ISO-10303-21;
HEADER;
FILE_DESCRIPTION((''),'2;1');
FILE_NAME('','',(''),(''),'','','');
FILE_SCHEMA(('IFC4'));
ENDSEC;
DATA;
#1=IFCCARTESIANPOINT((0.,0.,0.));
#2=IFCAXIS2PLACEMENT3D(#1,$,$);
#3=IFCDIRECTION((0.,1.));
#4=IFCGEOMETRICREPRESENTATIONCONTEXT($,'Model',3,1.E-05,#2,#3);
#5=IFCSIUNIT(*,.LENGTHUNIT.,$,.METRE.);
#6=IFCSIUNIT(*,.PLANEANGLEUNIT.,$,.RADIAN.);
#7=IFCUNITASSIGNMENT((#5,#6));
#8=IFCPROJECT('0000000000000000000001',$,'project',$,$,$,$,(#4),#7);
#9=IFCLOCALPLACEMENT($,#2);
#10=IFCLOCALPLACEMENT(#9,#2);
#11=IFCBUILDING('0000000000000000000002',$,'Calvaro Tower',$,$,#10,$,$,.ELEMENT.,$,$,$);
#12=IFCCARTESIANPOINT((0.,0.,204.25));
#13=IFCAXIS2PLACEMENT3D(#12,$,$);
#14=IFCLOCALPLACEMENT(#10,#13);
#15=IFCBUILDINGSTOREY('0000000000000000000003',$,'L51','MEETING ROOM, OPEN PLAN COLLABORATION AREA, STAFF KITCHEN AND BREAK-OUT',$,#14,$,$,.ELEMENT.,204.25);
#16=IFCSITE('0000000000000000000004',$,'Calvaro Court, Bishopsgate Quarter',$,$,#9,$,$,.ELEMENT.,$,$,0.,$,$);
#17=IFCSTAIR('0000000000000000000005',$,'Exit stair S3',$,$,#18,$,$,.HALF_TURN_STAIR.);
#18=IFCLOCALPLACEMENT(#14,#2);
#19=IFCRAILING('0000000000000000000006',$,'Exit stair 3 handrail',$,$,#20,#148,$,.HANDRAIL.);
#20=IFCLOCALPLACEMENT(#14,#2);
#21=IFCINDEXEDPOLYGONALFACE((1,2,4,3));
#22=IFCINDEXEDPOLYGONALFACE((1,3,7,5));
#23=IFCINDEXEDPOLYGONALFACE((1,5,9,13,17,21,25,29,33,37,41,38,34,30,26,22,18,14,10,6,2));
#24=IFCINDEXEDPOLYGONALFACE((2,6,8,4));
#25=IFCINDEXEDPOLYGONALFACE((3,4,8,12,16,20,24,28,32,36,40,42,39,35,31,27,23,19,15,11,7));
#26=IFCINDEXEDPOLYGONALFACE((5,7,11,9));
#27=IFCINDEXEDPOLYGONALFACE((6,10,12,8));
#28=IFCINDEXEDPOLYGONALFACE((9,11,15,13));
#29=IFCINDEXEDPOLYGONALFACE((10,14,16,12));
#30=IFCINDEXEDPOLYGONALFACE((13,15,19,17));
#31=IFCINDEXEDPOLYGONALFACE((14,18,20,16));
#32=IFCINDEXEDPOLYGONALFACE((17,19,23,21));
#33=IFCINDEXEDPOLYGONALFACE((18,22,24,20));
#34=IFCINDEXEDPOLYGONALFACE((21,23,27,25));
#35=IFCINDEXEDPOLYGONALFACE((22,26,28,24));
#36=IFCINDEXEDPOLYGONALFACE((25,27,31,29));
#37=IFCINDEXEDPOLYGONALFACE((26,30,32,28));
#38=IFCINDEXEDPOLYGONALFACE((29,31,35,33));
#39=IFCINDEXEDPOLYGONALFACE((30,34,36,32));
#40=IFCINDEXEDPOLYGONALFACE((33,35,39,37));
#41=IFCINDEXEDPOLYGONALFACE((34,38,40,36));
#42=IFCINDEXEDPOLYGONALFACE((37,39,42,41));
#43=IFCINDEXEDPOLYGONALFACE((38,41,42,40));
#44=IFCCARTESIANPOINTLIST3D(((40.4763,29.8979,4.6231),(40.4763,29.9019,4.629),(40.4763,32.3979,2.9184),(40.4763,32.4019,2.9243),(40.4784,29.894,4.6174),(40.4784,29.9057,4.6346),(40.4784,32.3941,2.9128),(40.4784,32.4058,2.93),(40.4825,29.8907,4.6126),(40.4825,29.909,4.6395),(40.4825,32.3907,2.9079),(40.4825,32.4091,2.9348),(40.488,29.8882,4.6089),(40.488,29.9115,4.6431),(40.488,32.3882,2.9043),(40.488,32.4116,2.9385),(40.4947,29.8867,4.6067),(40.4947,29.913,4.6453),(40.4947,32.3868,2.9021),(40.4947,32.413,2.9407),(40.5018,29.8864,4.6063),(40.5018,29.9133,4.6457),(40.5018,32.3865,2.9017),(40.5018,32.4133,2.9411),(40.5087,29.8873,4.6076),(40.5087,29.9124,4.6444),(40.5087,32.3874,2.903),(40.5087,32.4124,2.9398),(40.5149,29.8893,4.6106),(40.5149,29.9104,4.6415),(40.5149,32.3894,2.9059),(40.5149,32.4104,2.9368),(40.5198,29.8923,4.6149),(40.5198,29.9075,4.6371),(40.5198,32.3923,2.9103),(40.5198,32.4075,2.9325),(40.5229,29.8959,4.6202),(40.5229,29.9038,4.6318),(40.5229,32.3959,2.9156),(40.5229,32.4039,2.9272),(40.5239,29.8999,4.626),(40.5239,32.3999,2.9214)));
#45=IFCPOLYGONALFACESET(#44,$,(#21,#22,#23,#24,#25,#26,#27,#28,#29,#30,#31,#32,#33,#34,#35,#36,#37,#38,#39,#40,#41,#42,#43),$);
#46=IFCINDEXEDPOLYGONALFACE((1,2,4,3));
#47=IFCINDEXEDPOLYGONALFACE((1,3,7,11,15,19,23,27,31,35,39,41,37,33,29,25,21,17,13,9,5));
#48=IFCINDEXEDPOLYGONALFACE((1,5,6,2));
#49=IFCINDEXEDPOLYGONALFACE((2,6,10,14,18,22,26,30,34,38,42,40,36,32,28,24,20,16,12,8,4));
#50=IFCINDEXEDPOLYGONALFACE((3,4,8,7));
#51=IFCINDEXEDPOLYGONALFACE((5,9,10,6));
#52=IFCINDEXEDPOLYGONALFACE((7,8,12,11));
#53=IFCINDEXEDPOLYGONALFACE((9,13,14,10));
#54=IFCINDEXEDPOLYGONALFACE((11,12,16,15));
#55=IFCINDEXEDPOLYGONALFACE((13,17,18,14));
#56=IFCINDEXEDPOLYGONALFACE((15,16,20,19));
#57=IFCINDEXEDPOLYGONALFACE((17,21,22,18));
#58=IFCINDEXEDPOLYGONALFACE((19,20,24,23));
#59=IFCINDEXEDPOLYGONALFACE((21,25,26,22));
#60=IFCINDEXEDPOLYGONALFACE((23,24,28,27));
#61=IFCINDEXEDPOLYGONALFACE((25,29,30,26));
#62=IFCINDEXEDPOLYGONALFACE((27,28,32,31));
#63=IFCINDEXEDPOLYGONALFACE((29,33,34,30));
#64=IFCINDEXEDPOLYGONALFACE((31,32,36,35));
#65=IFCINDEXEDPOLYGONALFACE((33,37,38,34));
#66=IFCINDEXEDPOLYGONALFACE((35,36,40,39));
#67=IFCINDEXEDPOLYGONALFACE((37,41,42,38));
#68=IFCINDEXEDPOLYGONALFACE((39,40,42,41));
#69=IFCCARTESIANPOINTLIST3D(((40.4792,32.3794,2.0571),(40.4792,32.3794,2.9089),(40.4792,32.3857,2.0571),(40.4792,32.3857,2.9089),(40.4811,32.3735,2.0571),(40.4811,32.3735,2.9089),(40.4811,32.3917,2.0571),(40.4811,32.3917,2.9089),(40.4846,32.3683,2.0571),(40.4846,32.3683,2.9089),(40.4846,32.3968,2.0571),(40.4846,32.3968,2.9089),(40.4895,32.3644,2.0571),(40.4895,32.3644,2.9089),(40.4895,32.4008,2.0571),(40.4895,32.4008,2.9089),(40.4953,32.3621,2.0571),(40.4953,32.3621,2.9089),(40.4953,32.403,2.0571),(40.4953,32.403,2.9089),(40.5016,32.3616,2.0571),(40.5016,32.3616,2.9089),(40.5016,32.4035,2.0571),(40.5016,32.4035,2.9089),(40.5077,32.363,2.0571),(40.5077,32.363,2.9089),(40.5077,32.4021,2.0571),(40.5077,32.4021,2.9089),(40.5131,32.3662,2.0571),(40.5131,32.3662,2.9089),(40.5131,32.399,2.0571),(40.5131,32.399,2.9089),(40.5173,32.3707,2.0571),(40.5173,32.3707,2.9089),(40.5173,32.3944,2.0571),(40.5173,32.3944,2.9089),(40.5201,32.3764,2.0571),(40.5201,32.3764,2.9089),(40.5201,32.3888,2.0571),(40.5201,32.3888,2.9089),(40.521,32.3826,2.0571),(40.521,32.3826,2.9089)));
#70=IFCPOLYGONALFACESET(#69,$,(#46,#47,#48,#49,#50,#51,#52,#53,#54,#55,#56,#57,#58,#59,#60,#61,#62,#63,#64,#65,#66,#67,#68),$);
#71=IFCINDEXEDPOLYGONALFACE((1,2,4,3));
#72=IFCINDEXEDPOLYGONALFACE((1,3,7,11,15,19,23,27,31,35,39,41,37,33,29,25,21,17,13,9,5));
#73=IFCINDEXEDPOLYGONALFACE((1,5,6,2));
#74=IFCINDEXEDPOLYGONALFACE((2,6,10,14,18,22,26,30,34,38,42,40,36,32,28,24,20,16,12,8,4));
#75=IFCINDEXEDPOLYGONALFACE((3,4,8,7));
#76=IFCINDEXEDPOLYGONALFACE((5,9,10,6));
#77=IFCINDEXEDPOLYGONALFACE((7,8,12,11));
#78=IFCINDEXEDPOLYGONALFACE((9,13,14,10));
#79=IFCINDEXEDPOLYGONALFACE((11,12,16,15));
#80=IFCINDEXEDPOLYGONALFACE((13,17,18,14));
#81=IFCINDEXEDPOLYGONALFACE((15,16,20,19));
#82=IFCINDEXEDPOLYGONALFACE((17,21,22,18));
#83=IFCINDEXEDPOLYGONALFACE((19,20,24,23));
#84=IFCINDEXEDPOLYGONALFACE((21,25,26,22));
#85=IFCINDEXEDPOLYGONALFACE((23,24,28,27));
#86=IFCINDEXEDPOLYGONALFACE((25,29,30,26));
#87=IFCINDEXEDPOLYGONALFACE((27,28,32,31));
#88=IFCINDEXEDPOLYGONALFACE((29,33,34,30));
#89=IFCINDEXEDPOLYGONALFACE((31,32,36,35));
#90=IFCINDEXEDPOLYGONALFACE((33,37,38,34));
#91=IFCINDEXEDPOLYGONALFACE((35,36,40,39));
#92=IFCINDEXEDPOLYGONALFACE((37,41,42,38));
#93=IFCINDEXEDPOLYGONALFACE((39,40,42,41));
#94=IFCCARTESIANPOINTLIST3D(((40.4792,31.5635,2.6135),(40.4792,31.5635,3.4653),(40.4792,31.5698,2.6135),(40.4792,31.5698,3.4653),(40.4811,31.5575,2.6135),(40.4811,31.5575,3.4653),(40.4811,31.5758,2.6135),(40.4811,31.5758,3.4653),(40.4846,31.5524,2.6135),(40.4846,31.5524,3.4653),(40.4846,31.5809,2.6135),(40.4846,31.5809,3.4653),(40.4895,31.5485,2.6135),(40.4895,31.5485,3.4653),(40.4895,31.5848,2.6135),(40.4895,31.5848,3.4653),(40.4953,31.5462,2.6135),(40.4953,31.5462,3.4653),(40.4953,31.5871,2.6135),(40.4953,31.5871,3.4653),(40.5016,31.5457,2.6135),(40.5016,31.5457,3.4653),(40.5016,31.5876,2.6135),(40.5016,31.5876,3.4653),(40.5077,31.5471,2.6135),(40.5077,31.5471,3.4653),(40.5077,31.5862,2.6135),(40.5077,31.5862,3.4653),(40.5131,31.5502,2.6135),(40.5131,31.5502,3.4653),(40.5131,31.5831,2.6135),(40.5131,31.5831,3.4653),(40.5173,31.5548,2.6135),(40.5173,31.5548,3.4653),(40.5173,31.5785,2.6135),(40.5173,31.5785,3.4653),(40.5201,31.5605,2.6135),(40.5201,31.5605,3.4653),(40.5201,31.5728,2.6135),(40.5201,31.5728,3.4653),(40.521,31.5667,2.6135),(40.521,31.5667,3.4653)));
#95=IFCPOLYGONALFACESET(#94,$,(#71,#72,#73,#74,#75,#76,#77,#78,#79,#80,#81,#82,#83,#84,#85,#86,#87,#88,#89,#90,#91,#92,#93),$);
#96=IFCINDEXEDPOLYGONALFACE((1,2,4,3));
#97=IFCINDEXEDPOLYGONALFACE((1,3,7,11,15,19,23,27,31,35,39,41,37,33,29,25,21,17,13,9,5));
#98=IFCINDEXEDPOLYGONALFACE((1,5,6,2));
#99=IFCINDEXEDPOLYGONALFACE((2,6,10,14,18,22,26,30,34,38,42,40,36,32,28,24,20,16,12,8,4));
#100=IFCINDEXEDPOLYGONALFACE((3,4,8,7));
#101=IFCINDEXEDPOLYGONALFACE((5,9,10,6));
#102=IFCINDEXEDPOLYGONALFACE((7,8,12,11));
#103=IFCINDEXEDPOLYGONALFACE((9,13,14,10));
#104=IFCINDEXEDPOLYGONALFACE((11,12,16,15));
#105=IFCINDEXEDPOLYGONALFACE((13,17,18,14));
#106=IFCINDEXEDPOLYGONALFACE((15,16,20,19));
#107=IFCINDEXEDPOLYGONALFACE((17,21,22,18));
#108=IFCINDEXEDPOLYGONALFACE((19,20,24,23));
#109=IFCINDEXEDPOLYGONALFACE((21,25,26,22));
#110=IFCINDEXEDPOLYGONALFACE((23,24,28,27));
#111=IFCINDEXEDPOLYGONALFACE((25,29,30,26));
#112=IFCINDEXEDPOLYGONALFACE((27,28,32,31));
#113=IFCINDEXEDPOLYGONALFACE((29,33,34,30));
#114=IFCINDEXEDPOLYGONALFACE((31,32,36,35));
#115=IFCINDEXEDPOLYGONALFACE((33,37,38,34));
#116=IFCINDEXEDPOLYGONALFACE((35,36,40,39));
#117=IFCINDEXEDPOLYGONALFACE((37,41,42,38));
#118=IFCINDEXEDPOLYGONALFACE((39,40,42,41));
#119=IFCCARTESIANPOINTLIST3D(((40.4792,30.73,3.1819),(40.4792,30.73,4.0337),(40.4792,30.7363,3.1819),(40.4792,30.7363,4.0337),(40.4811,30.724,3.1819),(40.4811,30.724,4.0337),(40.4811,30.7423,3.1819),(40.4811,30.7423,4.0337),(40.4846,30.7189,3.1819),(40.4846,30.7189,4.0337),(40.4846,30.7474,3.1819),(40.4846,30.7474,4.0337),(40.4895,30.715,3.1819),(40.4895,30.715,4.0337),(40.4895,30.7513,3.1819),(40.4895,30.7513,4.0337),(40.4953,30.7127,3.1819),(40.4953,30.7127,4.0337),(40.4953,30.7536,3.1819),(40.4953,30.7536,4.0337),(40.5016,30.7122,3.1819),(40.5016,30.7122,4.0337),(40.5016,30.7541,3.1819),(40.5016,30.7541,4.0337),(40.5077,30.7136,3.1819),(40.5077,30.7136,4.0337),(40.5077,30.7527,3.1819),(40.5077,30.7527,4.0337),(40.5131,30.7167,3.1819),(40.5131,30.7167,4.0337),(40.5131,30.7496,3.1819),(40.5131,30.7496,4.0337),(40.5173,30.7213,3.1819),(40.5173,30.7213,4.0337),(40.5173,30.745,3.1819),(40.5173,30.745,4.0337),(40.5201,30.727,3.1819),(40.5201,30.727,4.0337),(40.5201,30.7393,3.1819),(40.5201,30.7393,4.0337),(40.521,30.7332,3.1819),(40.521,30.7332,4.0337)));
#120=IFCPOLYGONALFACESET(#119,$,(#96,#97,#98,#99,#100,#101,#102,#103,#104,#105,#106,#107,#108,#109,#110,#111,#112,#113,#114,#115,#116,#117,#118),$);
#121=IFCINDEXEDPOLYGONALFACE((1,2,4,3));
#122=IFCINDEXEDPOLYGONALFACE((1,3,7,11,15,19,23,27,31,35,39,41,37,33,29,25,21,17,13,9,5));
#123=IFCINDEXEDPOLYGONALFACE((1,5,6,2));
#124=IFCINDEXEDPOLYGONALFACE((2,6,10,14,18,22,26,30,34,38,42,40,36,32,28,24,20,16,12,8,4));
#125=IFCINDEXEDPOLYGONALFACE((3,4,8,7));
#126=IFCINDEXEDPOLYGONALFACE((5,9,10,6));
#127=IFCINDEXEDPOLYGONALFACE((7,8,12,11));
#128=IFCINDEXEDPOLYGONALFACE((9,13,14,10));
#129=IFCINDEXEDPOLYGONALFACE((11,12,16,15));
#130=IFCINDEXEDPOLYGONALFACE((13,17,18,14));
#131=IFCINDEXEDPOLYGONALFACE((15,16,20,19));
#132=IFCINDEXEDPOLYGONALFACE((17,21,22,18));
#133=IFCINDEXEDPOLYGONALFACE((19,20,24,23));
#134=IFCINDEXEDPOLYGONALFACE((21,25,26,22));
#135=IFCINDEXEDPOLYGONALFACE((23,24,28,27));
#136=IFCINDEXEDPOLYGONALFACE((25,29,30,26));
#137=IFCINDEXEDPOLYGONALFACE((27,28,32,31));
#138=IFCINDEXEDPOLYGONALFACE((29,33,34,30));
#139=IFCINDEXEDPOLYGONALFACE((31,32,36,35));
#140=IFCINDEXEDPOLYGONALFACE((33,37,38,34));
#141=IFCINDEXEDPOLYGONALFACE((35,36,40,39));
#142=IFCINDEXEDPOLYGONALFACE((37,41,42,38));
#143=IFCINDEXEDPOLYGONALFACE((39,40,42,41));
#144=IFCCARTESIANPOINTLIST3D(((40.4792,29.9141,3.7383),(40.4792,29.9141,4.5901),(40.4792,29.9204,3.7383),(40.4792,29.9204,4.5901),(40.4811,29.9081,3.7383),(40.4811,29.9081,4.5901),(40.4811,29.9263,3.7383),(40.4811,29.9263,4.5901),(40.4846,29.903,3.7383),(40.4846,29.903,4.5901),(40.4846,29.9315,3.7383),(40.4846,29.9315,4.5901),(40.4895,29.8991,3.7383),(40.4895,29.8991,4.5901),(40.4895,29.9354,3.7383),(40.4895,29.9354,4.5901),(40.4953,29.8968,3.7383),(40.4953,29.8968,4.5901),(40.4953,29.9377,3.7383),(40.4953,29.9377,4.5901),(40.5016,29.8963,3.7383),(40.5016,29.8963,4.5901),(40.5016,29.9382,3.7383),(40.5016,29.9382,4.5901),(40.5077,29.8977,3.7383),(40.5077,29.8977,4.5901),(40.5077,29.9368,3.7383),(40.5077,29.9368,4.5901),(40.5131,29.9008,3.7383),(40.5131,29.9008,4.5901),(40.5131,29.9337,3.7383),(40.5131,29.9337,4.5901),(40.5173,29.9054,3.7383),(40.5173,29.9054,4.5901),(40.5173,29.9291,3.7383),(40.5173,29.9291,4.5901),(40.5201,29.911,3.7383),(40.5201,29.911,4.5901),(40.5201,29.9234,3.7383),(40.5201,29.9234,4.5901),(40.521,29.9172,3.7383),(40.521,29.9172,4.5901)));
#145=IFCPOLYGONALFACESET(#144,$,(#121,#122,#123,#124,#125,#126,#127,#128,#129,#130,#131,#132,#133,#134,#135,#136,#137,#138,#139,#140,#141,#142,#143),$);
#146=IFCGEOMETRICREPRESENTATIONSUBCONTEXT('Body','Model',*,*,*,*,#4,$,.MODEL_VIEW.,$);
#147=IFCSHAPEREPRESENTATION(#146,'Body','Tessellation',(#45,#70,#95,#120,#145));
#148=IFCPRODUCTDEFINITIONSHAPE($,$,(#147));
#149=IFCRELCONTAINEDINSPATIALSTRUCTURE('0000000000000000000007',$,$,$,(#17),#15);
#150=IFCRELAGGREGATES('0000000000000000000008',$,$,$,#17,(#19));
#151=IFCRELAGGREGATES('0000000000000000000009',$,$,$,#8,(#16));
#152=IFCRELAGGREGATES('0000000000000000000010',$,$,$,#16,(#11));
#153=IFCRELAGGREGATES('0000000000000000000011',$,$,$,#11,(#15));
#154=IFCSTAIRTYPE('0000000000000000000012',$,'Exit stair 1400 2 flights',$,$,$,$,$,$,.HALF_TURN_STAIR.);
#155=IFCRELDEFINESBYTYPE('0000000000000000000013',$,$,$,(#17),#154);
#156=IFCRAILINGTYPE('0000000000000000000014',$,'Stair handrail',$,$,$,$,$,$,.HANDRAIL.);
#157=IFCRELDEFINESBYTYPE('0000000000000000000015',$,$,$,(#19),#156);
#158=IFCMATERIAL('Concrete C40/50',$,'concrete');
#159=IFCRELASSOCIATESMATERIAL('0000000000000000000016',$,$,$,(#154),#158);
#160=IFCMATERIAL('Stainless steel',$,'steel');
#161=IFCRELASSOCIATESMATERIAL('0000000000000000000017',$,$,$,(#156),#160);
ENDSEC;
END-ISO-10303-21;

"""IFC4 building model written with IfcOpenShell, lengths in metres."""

from ifc_helpers import new_model, si_unit, direction, frame, origin, origin_2d, place, context, subcontext, project, spatial, circle, extrude, material, type_object, element, aggregate, save


model = new_model("IFC4")

# Units and contexts
model_context = context("Model", 3, precision=1e-05, world=origin(), true_north=direction((0.0, 1.0)))
body_context = subcontext(model_context, "Body", "Model", "MODEL_VIEW")
ifc_project = project(units=[si_unit("LENGTHUNIT", "METRE"), si_unit("PLANEANGLEUNIT", "RADIAN")], contexts=[model_context])

# Site, building, storey
site_placement = place(None, origin())
site = spatial("IfcSite", under=ifc_project, at=site_placement, Name="Calvaro Court, Bishopsgate Quarter", CompositionType="ELEMENT", RefElevation=0.0)
building_placement = place(site_placement, origin())
building = spatial("IfcBuilding", under=site, at=building_placement, Name="Calvaro Tower", CompositionType="ELEMENT")
storey_placement = place(building_placement, frame((0.0, 0.0, 204.25)))
storey = spatial("IfcBuildingStorey", under=building, at=storey_placement, Name="L51", Description="MEETING ROOM, OPEN PLAN COLLABORATION AREA, STAFF KITCHEN AND BREAK-OUT", CompositionType="ELEMENT", Elevation=204.25)

# Stair
ifc_material_1 = material(Name="Concrete C40/50", Category="concrete")
stair_type = type_object("IfcStairType", Name="Exit stair 1400 2 flights", PredefinedType="HALF_TURN_STAIR", material=ifc_material_1)
stair_1_placement = place(storey_placement, origin())
stair_1 = element("IfcStair", 1, at=stair_1_placement, inside=storey, type_object=stair_type, Name="Exit stair S3", PredefinedType="HALF_TURN_STAIR")

# Railing
ifc_material_2 = material(Name="Stainless steel", Category="steel")
railing_type = type_object("IfcRailingType", Name="Stair handrail", PredefinedType="HANDRAIL", material=ifc_material_2)
railing_1_placement = place(storey_placement, frame((40.5, 32.3999, 2.0454)))
railing_1 = element("IfcRailing", 2, at=railing_1_placement, type_object=railing_type, Name="Exit stair 3 handrail", PredefinedType="HANDRAIL", context=body_context, shape_type="SweptSolid", body=[
    extrude(circle(Radius=0.0239, at=origin_2d()), frame((0.0, 0.0, 0.876), z_axis=(0.0, -0.826221, 0.563347), x_axis=(1.0, 0.0, 0.0)), (0.0, 0.0, 1.0), 3.0259),
    extrude(circle(Radius=0.021, at=origin_2d()), frame((0.0, -0.0173, 0.0117)), (0.0, 0.0, 1.0), 0.8518),
    extrude(circle(Radius=0.021, at=origin_2d()), frame((0.0, -0.8333, 0.5681)), (0.0, 0.0, 1.0), 0.8518),
    extrude(circle(Radius=0.021, at=origin_2d()), frame((0.0, -1.6667, 1.1365)), (0.0, 0.0, 1.0), 0.8518),
    extrude(circle(Radius=0.021, at=origin_2d()), frame((0.0, -2.4827, 1.6929)), (0.0, 0.0, 1.0), 0.8518),
])
aggregate(stair_1, [railing_1])

save(model, "model.ifc")
